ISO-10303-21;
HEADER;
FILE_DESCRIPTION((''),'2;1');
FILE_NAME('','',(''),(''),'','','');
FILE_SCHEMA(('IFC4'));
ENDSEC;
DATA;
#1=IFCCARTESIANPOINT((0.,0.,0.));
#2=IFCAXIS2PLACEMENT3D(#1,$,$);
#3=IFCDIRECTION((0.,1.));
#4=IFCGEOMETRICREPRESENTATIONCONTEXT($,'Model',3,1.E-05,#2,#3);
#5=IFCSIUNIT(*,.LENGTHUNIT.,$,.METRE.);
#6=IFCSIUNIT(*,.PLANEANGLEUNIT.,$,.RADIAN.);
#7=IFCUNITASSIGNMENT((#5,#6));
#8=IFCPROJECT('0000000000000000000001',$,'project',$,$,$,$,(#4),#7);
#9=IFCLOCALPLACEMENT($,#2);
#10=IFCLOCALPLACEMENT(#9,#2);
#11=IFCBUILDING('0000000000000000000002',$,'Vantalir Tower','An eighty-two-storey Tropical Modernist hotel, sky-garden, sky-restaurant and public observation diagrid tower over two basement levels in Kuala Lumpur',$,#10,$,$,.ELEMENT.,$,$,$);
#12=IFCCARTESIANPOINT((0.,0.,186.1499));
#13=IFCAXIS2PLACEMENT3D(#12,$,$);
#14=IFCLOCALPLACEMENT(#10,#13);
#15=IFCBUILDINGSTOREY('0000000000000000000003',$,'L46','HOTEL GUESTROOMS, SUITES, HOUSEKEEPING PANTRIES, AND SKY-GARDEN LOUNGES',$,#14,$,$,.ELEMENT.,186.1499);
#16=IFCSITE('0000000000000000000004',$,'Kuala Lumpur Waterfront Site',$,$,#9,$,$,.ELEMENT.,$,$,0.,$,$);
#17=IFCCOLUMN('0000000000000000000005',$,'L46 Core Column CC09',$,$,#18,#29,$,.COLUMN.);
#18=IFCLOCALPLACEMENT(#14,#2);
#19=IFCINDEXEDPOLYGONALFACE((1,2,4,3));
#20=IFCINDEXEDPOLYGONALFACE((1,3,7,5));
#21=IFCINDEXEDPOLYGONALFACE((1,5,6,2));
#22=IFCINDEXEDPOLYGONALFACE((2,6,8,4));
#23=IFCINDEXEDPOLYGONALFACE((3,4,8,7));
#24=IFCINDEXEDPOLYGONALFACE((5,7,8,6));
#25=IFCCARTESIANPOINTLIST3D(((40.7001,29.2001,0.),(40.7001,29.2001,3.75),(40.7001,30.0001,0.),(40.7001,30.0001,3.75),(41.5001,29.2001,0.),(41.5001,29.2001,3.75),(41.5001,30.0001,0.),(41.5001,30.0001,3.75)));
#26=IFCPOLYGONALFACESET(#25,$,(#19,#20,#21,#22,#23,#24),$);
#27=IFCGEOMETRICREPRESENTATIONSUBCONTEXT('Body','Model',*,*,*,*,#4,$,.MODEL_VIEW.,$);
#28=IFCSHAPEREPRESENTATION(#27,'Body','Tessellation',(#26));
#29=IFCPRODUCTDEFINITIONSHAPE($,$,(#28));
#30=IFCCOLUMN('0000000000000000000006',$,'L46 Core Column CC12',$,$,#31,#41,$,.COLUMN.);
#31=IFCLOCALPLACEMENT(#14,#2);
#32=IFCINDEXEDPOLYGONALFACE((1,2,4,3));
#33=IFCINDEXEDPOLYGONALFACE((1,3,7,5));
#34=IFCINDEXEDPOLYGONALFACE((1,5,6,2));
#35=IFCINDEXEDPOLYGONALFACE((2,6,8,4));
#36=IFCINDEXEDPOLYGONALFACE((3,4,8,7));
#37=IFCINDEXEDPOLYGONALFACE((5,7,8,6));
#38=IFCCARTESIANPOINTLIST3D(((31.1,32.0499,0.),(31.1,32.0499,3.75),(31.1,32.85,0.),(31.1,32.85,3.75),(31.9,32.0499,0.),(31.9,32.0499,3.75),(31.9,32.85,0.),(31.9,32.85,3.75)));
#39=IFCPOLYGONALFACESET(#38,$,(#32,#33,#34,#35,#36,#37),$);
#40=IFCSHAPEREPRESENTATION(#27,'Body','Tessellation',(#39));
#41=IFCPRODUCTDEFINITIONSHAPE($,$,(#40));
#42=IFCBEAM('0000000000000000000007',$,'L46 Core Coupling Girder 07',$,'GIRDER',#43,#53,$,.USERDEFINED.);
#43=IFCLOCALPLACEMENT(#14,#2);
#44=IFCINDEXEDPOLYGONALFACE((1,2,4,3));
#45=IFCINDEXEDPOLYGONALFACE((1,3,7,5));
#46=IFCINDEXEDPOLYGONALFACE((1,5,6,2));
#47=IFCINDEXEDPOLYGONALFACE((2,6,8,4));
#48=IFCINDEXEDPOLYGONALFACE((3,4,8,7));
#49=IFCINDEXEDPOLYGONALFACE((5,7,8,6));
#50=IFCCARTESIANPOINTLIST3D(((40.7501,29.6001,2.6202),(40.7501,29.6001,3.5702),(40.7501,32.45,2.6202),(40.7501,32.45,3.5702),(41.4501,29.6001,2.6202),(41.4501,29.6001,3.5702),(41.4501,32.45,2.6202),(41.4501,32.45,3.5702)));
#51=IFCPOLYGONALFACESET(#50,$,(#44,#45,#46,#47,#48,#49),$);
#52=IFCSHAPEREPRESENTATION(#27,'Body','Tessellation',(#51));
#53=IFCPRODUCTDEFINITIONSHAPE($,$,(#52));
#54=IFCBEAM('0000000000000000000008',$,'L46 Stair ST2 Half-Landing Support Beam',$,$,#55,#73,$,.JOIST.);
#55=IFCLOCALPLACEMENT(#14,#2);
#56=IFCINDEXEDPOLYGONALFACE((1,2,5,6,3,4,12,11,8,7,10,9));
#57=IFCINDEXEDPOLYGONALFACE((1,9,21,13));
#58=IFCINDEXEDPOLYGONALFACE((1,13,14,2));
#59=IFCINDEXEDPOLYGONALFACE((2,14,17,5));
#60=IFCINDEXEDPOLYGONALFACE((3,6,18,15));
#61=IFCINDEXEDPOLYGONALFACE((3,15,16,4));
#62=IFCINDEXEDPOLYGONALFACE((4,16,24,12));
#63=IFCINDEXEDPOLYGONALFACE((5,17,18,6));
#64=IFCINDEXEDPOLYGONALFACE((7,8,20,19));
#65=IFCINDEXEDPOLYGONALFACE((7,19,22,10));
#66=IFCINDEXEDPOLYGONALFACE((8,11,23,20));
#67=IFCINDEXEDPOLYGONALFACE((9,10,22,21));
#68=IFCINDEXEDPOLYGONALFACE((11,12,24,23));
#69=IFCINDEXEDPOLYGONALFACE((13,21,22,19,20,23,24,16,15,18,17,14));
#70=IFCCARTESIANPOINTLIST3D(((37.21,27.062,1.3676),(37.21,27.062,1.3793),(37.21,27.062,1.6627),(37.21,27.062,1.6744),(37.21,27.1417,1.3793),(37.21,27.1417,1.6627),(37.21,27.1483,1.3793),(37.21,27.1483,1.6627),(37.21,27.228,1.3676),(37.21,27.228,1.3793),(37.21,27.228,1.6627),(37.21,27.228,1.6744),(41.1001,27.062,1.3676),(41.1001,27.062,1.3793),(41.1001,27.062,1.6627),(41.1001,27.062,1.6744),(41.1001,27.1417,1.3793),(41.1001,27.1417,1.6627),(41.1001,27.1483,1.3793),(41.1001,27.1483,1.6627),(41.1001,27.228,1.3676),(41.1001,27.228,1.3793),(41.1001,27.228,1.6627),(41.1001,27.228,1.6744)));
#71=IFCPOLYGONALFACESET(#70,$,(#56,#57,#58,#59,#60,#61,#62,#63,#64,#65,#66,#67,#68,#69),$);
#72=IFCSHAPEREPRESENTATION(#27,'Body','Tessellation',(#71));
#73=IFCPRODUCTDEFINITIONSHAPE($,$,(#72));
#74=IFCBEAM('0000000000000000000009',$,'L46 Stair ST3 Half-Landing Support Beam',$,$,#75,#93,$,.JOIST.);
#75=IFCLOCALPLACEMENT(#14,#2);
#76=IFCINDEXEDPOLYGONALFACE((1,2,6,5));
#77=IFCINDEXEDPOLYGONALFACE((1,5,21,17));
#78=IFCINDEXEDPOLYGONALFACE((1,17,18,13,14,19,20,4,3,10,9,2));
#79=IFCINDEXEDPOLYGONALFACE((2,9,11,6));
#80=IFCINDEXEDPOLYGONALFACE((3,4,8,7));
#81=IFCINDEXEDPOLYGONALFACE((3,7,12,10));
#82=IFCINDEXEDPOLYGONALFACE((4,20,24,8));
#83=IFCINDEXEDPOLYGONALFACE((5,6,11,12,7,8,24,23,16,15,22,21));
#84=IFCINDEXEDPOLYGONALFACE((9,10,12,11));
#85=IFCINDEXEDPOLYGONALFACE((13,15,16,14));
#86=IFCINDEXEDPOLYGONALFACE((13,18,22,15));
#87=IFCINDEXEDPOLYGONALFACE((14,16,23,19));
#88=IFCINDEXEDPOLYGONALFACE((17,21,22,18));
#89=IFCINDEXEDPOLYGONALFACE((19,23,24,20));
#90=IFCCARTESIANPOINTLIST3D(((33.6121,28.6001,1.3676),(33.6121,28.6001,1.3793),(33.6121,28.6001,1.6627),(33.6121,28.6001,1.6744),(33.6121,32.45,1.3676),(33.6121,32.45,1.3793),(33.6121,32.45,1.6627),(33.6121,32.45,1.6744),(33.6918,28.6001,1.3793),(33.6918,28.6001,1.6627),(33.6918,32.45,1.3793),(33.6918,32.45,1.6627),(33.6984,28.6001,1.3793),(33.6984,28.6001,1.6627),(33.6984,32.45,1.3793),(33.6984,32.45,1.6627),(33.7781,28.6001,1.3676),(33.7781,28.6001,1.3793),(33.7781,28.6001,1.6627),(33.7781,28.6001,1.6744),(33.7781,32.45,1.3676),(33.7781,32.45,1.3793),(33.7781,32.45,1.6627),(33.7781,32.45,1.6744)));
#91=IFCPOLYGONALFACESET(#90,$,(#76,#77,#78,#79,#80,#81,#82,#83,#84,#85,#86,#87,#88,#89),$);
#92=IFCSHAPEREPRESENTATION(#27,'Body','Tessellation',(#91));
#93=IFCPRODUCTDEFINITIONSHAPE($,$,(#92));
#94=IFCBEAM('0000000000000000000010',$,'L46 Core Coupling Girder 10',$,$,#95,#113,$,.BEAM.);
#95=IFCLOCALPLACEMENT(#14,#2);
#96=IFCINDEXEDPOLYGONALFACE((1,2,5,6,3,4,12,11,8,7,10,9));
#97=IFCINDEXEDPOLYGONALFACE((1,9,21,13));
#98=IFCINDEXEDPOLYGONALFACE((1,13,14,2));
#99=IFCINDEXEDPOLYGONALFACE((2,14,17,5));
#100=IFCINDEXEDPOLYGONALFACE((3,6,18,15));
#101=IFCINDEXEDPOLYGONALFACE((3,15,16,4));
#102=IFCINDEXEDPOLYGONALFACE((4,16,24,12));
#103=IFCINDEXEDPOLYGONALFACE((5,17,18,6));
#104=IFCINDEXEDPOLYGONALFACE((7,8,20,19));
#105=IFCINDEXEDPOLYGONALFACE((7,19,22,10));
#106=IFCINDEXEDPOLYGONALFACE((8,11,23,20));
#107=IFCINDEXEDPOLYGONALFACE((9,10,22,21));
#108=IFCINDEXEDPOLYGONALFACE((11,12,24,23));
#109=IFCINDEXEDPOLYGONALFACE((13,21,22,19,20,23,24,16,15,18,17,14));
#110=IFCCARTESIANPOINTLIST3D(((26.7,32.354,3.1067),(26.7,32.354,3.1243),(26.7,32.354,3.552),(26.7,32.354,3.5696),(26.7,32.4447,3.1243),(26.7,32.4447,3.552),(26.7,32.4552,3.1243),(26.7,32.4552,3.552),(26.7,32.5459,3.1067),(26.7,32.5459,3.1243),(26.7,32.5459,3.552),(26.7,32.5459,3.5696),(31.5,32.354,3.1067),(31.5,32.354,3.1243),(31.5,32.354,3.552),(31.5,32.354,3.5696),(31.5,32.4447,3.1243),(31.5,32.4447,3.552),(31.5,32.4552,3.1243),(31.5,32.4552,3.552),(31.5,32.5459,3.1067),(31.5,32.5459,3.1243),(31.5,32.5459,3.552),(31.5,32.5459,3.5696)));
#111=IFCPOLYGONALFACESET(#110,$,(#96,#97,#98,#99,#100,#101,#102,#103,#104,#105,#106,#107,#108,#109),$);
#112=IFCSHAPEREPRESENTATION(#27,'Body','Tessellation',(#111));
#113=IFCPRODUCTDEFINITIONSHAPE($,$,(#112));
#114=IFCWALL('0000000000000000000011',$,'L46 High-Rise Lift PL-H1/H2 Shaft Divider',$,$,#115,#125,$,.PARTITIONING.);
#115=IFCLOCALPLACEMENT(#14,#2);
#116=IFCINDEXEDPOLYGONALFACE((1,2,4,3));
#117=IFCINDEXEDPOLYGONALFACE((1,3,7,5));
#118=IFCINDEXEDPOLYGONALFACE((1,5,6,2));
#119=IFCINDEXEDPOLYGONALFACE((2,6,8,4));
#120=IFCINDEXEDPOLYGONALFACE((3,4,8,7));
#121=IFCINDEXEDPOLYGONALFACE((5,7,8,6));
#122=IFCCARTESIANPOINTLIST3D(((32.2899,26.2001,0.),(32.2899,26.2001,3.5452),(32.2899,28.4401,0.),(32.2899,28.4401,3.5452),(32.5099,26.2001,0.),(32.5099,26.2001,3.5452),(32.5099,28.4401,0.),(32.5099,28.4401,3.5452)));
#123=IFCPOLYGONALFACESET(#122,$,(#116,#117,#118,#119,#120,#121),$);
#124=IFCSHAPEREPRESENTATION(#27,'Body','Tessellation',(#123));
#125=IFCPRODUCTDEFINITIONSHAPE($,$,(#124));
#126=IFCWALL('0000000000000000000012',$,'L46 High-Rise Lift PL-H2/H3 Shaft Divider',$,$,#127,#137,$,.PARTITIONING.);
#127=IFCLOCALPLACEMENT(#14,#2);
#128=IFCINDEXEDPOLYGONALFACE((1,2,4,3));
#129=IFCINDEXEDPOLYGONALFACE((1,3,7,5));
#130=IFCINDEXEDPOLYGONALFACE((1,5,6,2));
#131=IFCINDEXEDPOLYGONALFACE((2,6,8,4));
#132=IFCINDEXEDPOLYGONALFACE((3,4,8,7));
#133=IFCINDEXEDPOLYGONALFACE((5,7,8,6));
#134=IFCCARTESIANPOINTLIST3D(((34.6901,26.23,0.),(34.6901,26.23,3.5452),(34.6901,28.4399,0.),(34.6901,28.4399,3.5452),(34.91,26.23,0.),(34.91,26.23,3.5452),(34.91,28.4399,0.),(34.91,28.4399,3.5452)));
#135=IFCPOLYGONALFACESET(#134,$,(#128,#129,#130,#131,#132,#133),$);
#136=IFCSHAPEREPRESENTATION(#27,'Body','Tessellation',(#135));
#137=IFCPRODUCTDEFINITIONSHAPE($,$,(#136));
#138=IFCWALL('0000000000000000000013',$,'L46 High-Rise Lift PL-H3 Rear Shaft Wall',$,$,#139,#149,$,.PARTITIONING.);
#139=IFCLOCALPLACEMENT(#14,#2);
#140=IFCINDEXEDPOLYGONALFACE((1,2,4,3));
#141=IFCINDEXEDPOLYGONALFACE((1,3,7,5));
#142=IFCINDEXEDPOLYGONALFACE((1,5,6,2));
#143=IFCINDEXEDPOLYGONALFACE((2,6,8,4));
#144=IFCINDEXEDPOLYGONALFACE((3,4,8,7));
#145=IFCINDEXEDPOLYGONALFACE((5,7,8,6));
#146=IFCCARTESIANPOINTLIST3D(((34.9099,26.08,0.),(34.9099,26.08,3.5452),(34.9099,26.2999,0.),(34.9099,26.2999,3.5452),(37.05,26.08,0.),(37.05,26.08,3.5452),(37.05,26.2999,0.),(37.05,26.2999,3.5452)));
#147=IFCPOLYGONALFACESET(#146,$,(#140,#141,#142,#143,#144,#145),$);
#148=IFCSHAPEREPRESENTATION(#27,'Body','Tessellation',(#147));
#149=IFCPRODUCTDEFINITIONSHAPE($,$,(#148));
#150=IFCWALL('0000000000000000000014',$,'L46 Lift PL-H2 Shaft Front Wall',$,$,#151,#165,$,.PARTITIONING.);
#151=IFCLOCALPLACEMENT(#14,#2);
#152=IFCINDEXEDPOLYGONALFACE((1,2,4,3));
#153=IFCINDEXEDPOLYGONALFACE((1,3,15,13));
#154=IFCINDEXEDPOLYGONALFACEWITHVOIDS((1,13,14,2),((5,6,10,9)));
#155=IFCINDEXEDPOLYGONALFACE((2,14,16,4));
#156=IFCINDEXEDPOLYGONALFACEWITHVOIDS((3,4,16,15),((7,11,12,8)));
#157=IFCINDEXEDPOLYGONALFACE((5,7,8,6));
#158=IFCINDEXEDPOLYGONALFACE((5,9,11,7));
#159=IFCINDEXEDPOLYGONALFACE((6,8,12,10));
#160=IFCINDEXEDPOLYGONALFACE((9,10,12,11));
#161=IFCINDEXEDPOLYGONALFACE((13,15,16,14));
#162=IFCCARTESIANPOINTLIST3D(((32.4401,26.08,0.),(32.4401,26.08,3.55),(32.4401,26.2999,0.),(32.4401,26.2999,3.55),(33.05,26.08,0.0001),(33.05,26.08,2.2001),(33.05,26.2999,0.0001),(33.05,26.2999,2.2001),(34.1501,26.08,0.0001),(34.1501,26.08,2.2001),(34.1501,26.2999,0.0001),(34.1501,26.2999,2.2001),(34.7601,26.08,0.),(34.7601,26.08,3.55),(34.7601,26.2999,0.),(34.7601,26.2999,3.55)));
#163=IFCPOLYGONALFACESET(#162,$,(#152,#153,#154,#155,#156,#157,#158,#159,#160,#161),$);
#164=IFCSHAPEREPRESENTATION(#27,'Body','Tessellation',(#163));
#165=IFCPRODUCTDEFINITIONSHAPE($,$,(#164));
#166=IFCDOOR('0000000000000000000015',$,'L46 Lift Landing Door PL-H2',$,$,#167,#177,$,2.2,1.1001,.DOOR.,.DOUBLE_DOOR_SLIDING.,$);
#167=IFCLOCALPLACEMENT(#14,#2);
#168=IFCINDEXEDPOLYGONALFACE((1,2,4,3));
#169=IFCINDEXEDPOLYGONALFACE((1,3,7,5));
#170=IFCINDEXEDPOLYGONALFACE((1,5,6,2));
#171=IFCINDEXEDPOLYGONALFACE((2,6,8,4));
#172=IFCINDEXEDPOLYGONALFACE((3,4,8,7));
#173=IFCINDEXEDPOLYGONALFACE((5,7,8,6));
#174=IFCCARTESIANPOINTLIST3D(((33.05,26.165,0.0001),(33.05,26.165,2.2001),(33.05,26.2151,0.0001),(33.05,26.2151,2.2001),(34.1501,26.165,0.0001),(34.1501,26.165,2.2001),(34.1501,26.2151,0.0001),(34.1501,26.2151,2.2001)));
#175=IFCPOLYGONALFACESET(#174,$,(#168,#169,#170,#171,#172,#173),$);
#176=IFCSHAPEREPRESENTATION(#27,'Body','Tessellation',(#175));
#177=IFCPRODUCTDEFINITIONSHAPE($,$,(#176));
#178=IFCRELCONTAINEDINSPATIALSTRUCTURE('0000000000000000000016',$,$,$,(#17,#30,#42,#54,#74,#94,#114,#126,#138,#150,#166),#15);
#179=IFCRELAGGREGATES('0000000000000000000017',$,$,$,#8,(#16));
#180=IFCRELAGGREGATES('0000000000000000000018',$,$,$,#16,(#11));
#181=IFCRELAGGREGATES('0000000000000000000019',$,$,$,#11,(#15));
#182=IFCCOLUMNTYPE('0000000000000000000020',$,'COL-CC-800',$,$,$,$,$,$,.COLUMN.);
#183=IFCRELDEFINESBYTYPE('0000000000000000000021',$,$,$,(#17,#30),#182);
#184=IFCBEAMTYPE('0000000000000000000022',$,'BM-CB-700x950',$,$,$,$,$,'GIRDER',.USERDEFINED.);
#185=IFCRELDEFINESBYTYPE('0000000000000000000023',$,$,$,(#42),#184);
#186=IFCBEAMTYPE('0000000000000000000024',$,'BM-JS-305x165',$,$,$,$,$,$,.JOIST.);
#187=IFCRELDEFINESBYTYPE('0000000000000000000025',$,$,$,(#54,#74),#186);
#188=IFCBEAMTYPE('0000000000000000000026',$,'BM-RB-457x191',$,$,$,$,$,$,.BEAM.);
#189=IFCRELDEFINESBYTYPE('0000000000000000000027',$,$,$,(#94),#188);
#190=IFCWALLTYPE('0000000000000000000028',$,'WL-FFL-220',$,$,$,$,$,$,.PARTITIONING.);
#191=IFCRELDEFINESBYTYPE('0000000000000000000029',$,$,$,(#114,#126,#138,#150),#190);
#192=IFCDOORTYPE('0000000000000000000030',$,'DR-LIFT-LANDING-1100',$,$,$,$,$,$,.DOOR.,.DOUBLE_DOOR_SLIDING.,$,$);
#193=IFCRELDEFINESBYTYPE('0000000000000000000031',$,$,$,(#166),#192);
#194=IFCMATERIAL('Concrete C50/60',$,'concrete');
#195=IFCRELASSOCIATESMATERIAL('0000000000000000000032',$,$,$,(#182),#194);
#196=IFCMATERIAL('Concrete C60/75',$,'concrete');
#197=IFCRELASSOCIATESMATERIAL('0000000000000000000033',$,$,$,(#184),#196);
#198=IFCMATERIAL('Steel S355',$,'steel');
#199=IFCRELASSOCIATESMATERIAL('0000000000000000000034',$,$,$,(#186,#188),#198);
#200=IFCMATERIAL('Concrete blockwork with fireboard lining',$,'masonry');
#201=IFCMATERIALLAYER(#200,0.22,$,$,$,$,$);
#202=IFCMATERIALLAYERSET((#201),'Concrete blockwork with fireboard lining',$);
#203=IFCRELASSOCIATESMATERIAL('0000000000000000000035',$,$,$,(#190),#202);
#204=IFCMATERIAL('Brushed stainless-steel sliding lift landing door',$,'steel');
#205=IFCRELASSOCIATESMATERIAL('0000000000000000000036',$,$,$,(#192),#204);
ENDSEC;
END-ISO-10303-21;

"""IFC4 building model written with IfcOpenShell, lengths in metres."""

from ifc_helpers import new_model, si_unit, direction, frame, frame_2d, origin, origin_2d, place, context, subcontext, project, spatial, rectangle, i_section, extrude, material, layer, layer_set, material_profile, profile_set, type_object, element, fill, save


model = new_model("IFC4")

# Units and contexts
model_context = context("Model", 3, precision=1e-05, world=origin(), true_north=direction((0.0, 1.0)))
body_context = subcontext(model_context, "Body", "Model", "MODEL_VIEW")
ifc_project = project(units=[si_unit("LENGTHUNIT", "METRE"), si_unit("PLANEANGLEUNIT", "RADIAN")], contexts=[model_context])

# Site, building, storey
site_placement = place(None, origin())
site = spatial("IfcSite", under=ifc_project, at=site_placement, Name="Kuala Lumpur Waterfront Site", CompositionType="ELEMENT", RefElevation=0.0)
building_placement = place(site_placement, origin())
building = spatial("IfcBuilding", under=site, at=building_placement, Name="Vantalir Tower", Description="An eighty-two-storey Tropical Modernist hotel, sky-garden, sky-restaurant and public observation diagrid tower over two basement levels in Kuala Lumpur", CompositionType="ELEMENT")
storey_placement = place(building_placement, frame((0.0, 0.0, 186.1499)))
storey = spatial("IfcBuildingStorey", under=building, at=storey_placement, Name="L46", Description="HOTEL GUESTROOMS, SUITES, HOUSEKEEPING PANTRIES, AND SKY-GARDEN LOUNGES", CompositionType="ELEMENT", Elevation=186.1499)

# Columns
ifc_material_1 = material(Name="Concrete C50/60", Category="concrete")
ifc_material_profile_1 = material_profile(ifc_material_1, rectangle(XDim=0.8, YDim=0.8, at=origin_2d()), Name="Concrete C50/60")
ifc_profile_set_1 = profile_set([ifc_material_profile_1], Name="Concrete C50/60")
column_type = type_object("IfcColumnType", Name="COL-CC-800", PredefinedType="COLUMN", material=ifc_profile_set_1)
for number, where, z_axis, x_axis, name in (
    (1, (41.1001, 29.6001, 0.0), (0.0, 0.0, 1.0), (1.0, 0.0, 0.0), "L46 Core Column CC09"),
    (2, (31.5, 32.45, 0.0), (0.0, 0.0, 1.0), (1.0, 0.0, 0.0), "L46 Core Column CC12"),
):
    element("IfcColumn", number, at=place(storey_placement, frame(where, z_axis=z_axis, x_axis=x_axis)), inside=storey, type_object=column_type, Name=name, PredefinedType="COLUMN", context=body_context, shape_type="SweptSolid", body=[
        extrude(rectangle(XDim=0.8, YDim=0.8, at=origin_2d()), origin(), (0.0, 0.0, 1.0), 3.75),
    ])

# Beams
ifc_material_2 = material(Name="Concrete C60/75", Category="concrete")
ifc_material_profile_2 = material_profile(ifc_material_2, rectangle(XDim=0.7, YDim=0.95, at=origin_2d()), Name="Concrete C60/75")
ifc_profile_set_2 = profile_set([ifc_material_profile_2], Name="Concrete C60/75")
beam_type_1 = type_object("IfcBeamType", Name="BM-CB-700x950", ElementType="GIRDER", PredefinedType="USERDEFINED", material=ifc_profile_set_2)
beam_1_placement = place(storey_placement, frame((41.1001, 29.6001, 3.0952), z_axis=(0.0, 1.0, 0.0), x_axis=(-1.0, 0.0, 0.0)))
element("IfcBeam", 3, at=beam_1_placement, inside=storey, type_object=beam_type_1, Name="L46 Core Coupling Girder 07", ObjectType="GIRDER", PredefinedType="USERDEFINED", context=body_context, shape_type="SweptSolid", body=[
    extrude(rectangle(XDim=0.7, YDim=0.95, at=origin_2d()), origin(), (0.0, 0.0, 1.0), 2.8499),
])
ifc_material_3 = material(Name="Steel S355", Category="steel")
ifc_material_profile_3 = material_profile(ifc_material_3, i_section(OverallWidth=0.166, OverallDepth=0.3069, WebThickness=0.0066, FlangeThickness=0.0117, at=origin_2d()), Name="Steel S355")
ifc_profile_set_3 = profile_set([ifc_material_profile_3], Name="Steel S355")
beam_type_2 = type_object("IfcBeamType", Name="BM-JS-305x165", PredefinedType="JOIST", material=ifc_profile_set_3)
beam_2_placement = place(storey_placement, frame((37.21, 27.145, 1.521), z_axis=(1.0, 0.0, 0.0), x_axis=(0.0, 1.0, 0.0)))
element("IfcBeam", 4, at=beam_2_placement, inside=storey, type_object=beam_type_2, Name="L46 Stair ST2 Half-Landing Support Beam", PredefinedType="JOIST", context=body_context, shape_type="SweptSolid", body=[
    extrude(i_section(OverallWidth=0.166, OverallDepth=0.3069, WebThickness=0.0066, FlangeThickness=0.0117, at=origin_2d()), origin(), (0.0, 0.0, 1.0), 3.8901),
])
beam_3_placement = place(storey_placement, frame((33.6951, 28.6001, 1.521), z_axis=(0.0, 1.0, 0.0), x_axis=(-1.0, 0.0, 0.0)))
element("IfcBeam", 5, at=beam_3_placement, inside=storey, type_object=beam_type_2, Name="L46 Stair ST3 Half-Landing Support Beam", PredefinedType="JOIST", context=body_context, shape_type="SweptSolid", body=[
    extrude(i_section(OverallWidth=0.166, OverallDepth=0.3069, WebThickness=0.0066, FlangeThickness=0.0117, at=origin_2d()), origin(), (0.0, 0.0, 1.0), 3.8499),
])
ifc_material_profile_4 = material_profile(ifc_material_3, i_section(OverallWidth=0.1919, OverallDepth=0.4629, WebThickness=0.0105, FlangeThickness=0.0176, at=origin_2d()), Name="Steel S355")
ifc_profile_set_4 = profile_set([ifc_material_profile_4], Name="Steel S355")
beam_type_3 = type_object("IfcBeamType", Name="BM-RB-457x191", PredefinedType="BEAM", material=ifc_profile_set_4)
beam_4_placement = place(storey_placement, frame((31.5, 32.45, 3.3381), z_axis=(-1.0, 0.0, 0.0), x_axis=(0.0, -1.0, 0.0)))
element("IfcBeam", 6, at=beam_4_placement, inside=storey, type_object=beam_type_3, Name="L46 Core Coupling Girder 10", PredefinedType="BEAM", context=body_context, shape_type="SweptSolid", body=[
    extrude(i_section(OverallWidth=0.1919, OverallDepth=0.4629, WebThickness=0.0105, FlangeThickness=0.0176, at=origin_2d()), origin(), (0.0, 0.0, 1.0), 4.8),
])

# Walls
ifc_material_4 = material(Name="Concrete blockwork with fireboard lining", Category="masonry")
ifc_layer_1 = layer(ifc_material_4, 0.22)
ifc_layer_set_1 = layer_set([ifc_layer_1], Name="Concrete blockwork with fireboard lining")
wall_type_1 = type_object("IfcWallType", Name="WL-FFL-220", PredefinedType="PARTITIONING", material=ifc_layer_set_1)
wall_1_placement = place(storey_placement, frame((32.3999, 26.2, 0.0), z_axis=(0.0, 0.0, 1.0), x_axis=(0.0, 1.0, 0.0)))
element("IfcWall", 7, at=wall_1_placement, inside=storey, type_object=wall_type_1, Name="L46 High-Rise Lift PL-H1/H2 Shaft Divider", PredefinedType="PARTITIONING", context=body_context, shape_type="SweptSolid", body=[
    extrude(rectangle(XDim=2.24, YDim=0.22, at=frame_2d((1.1201, 0.0))), origin(), (0.0, 0.0, 1.0), 3.5452),
])
wall_2_placement = place(storey_placement, frame((34.8, 26.23, 0.0), z_axis=(0.0, 0.0, 1.0), x_axis=(0.0, 1.0, 0.0)))
element("IfcWall", 8, at=wall_2_placement, inside=storey, type_object=wall_type_1, Name="L46 High-Rise Lift PL-H2/H3 Shaft Divider", PredefinedType="PARTITIONING", context=body_context, shape_type="SweptSolid", body=[
    extrude(rectangle(XDim=2.21, YDim=0.22, at=frame_2d((1.105, 0.0))), origin(), (0.0, 0.0, 1.0), 3.5452),
])
wall_3_placement = place(storey_placement, frame((34.9099, 26.1899, 0.0), z_axis=(0.0, 0.0, 1.0), x_axis=(1.0, 0.0, 0.0)))
element("IfcWall", 9, at=wall_3_placement, inside=storey, type_object=wall_type_1, Name="L46 High-Rise Lift PL-H3 Rear Shaft Wall", PredefinedType="PARTITIONING", context=body_context, shape_type="SweptSolid", body=[
    extrude(rectangle(XDim=2.1401, YDim=0.22, at=frame_2d((1.0701, 0.0))), origin(), (0.0, 0.0, 1.0), 3.5452),
])

# Wall, opening, door
wall_4_placement = place(storey_placement, frame((32.4399, 26.1899, 0.0), z_axis=(0.0, 0.0, 1.0), x_axis=(1.0, 0.0, 0.0)))
wall_4 = element("IfcWall", 10, at=wall_4_placement, inside=storey, type_object=wall_type_1, Name="L46 Lift PL-H2 Shaft Front Wall", PredefinedType="PARTITIONING", context=body_context, shape_type="SweptSolid", body=[
    extrude(rectangle(XDim=2.3201, YDim=0.22, at=frame_2d((1.1602, 0.0))), origin(), (0.0, 0.0, 1.0), 3.55),
])
opening_1_placement = place(wall_4_placement, frame((0.6101, 0.0, 0.0)))
opening_1 = element("IfcOpeningElement", 11, at=opening_1_placement, cuts=wall_4, PredefinedType="OPENING", context=body_context, shape_type="SweptSolid", body=[
    extrude(rectangle(XDim=1.1001, YDim=2.2, at=frame_2d((0.55, 1.1001))), frame((0.0, 0.1199, 0.0), z_axis=(0.0, -1.0, 0.0), x_axis=(1.0, 0.0, 0.0)), (0.0, 0.0, 1.0), 0.24),
])
ifc_material_5 = material(Name="Brushed stainless-steel sliding lift landing door", Category="steel")
door_type = type_object("IfcDoorType", Name="DR-LIFT-LANDING-1100", OperationType="DOUBLE_DOOR_SLIDING", PredefinedType="DOOR", material=ifc_material_5)
door_1_placement = place(opening_1_placement, frame((1.1001, 0.0, 0.0), z_axis=(0.0, 0.0, 1.0), x_axis=(-1.0, 0.0, 0.0)))
door_1 = element("IfcDoor", 12, at=door_1_placement, inside=storey, type_object=door_type, Name="L46 Lift Landing Door PL-H2", OperationType="DOUBLE_DOOR_SLIDING", OverallHeight=2.2, OverallWidth=1.1001, PredefinedType="DOOR", context=body_context, shape_type="SweptSolid", body=[
    extrude(rectangle(XDim=1.1001, YDim=2.2, at=frame_2d((0.55, 1.1001))), frame((0.0, 0.0249, 0.0), z_axis=(0.0, -1.0, 0.0), x_axis=(1.0, 0.0, 0.0)), (0.0, 0.0, 1.0), 0.05),
])
fill(opening_1, door_1)

save(model, "model.ifc")
